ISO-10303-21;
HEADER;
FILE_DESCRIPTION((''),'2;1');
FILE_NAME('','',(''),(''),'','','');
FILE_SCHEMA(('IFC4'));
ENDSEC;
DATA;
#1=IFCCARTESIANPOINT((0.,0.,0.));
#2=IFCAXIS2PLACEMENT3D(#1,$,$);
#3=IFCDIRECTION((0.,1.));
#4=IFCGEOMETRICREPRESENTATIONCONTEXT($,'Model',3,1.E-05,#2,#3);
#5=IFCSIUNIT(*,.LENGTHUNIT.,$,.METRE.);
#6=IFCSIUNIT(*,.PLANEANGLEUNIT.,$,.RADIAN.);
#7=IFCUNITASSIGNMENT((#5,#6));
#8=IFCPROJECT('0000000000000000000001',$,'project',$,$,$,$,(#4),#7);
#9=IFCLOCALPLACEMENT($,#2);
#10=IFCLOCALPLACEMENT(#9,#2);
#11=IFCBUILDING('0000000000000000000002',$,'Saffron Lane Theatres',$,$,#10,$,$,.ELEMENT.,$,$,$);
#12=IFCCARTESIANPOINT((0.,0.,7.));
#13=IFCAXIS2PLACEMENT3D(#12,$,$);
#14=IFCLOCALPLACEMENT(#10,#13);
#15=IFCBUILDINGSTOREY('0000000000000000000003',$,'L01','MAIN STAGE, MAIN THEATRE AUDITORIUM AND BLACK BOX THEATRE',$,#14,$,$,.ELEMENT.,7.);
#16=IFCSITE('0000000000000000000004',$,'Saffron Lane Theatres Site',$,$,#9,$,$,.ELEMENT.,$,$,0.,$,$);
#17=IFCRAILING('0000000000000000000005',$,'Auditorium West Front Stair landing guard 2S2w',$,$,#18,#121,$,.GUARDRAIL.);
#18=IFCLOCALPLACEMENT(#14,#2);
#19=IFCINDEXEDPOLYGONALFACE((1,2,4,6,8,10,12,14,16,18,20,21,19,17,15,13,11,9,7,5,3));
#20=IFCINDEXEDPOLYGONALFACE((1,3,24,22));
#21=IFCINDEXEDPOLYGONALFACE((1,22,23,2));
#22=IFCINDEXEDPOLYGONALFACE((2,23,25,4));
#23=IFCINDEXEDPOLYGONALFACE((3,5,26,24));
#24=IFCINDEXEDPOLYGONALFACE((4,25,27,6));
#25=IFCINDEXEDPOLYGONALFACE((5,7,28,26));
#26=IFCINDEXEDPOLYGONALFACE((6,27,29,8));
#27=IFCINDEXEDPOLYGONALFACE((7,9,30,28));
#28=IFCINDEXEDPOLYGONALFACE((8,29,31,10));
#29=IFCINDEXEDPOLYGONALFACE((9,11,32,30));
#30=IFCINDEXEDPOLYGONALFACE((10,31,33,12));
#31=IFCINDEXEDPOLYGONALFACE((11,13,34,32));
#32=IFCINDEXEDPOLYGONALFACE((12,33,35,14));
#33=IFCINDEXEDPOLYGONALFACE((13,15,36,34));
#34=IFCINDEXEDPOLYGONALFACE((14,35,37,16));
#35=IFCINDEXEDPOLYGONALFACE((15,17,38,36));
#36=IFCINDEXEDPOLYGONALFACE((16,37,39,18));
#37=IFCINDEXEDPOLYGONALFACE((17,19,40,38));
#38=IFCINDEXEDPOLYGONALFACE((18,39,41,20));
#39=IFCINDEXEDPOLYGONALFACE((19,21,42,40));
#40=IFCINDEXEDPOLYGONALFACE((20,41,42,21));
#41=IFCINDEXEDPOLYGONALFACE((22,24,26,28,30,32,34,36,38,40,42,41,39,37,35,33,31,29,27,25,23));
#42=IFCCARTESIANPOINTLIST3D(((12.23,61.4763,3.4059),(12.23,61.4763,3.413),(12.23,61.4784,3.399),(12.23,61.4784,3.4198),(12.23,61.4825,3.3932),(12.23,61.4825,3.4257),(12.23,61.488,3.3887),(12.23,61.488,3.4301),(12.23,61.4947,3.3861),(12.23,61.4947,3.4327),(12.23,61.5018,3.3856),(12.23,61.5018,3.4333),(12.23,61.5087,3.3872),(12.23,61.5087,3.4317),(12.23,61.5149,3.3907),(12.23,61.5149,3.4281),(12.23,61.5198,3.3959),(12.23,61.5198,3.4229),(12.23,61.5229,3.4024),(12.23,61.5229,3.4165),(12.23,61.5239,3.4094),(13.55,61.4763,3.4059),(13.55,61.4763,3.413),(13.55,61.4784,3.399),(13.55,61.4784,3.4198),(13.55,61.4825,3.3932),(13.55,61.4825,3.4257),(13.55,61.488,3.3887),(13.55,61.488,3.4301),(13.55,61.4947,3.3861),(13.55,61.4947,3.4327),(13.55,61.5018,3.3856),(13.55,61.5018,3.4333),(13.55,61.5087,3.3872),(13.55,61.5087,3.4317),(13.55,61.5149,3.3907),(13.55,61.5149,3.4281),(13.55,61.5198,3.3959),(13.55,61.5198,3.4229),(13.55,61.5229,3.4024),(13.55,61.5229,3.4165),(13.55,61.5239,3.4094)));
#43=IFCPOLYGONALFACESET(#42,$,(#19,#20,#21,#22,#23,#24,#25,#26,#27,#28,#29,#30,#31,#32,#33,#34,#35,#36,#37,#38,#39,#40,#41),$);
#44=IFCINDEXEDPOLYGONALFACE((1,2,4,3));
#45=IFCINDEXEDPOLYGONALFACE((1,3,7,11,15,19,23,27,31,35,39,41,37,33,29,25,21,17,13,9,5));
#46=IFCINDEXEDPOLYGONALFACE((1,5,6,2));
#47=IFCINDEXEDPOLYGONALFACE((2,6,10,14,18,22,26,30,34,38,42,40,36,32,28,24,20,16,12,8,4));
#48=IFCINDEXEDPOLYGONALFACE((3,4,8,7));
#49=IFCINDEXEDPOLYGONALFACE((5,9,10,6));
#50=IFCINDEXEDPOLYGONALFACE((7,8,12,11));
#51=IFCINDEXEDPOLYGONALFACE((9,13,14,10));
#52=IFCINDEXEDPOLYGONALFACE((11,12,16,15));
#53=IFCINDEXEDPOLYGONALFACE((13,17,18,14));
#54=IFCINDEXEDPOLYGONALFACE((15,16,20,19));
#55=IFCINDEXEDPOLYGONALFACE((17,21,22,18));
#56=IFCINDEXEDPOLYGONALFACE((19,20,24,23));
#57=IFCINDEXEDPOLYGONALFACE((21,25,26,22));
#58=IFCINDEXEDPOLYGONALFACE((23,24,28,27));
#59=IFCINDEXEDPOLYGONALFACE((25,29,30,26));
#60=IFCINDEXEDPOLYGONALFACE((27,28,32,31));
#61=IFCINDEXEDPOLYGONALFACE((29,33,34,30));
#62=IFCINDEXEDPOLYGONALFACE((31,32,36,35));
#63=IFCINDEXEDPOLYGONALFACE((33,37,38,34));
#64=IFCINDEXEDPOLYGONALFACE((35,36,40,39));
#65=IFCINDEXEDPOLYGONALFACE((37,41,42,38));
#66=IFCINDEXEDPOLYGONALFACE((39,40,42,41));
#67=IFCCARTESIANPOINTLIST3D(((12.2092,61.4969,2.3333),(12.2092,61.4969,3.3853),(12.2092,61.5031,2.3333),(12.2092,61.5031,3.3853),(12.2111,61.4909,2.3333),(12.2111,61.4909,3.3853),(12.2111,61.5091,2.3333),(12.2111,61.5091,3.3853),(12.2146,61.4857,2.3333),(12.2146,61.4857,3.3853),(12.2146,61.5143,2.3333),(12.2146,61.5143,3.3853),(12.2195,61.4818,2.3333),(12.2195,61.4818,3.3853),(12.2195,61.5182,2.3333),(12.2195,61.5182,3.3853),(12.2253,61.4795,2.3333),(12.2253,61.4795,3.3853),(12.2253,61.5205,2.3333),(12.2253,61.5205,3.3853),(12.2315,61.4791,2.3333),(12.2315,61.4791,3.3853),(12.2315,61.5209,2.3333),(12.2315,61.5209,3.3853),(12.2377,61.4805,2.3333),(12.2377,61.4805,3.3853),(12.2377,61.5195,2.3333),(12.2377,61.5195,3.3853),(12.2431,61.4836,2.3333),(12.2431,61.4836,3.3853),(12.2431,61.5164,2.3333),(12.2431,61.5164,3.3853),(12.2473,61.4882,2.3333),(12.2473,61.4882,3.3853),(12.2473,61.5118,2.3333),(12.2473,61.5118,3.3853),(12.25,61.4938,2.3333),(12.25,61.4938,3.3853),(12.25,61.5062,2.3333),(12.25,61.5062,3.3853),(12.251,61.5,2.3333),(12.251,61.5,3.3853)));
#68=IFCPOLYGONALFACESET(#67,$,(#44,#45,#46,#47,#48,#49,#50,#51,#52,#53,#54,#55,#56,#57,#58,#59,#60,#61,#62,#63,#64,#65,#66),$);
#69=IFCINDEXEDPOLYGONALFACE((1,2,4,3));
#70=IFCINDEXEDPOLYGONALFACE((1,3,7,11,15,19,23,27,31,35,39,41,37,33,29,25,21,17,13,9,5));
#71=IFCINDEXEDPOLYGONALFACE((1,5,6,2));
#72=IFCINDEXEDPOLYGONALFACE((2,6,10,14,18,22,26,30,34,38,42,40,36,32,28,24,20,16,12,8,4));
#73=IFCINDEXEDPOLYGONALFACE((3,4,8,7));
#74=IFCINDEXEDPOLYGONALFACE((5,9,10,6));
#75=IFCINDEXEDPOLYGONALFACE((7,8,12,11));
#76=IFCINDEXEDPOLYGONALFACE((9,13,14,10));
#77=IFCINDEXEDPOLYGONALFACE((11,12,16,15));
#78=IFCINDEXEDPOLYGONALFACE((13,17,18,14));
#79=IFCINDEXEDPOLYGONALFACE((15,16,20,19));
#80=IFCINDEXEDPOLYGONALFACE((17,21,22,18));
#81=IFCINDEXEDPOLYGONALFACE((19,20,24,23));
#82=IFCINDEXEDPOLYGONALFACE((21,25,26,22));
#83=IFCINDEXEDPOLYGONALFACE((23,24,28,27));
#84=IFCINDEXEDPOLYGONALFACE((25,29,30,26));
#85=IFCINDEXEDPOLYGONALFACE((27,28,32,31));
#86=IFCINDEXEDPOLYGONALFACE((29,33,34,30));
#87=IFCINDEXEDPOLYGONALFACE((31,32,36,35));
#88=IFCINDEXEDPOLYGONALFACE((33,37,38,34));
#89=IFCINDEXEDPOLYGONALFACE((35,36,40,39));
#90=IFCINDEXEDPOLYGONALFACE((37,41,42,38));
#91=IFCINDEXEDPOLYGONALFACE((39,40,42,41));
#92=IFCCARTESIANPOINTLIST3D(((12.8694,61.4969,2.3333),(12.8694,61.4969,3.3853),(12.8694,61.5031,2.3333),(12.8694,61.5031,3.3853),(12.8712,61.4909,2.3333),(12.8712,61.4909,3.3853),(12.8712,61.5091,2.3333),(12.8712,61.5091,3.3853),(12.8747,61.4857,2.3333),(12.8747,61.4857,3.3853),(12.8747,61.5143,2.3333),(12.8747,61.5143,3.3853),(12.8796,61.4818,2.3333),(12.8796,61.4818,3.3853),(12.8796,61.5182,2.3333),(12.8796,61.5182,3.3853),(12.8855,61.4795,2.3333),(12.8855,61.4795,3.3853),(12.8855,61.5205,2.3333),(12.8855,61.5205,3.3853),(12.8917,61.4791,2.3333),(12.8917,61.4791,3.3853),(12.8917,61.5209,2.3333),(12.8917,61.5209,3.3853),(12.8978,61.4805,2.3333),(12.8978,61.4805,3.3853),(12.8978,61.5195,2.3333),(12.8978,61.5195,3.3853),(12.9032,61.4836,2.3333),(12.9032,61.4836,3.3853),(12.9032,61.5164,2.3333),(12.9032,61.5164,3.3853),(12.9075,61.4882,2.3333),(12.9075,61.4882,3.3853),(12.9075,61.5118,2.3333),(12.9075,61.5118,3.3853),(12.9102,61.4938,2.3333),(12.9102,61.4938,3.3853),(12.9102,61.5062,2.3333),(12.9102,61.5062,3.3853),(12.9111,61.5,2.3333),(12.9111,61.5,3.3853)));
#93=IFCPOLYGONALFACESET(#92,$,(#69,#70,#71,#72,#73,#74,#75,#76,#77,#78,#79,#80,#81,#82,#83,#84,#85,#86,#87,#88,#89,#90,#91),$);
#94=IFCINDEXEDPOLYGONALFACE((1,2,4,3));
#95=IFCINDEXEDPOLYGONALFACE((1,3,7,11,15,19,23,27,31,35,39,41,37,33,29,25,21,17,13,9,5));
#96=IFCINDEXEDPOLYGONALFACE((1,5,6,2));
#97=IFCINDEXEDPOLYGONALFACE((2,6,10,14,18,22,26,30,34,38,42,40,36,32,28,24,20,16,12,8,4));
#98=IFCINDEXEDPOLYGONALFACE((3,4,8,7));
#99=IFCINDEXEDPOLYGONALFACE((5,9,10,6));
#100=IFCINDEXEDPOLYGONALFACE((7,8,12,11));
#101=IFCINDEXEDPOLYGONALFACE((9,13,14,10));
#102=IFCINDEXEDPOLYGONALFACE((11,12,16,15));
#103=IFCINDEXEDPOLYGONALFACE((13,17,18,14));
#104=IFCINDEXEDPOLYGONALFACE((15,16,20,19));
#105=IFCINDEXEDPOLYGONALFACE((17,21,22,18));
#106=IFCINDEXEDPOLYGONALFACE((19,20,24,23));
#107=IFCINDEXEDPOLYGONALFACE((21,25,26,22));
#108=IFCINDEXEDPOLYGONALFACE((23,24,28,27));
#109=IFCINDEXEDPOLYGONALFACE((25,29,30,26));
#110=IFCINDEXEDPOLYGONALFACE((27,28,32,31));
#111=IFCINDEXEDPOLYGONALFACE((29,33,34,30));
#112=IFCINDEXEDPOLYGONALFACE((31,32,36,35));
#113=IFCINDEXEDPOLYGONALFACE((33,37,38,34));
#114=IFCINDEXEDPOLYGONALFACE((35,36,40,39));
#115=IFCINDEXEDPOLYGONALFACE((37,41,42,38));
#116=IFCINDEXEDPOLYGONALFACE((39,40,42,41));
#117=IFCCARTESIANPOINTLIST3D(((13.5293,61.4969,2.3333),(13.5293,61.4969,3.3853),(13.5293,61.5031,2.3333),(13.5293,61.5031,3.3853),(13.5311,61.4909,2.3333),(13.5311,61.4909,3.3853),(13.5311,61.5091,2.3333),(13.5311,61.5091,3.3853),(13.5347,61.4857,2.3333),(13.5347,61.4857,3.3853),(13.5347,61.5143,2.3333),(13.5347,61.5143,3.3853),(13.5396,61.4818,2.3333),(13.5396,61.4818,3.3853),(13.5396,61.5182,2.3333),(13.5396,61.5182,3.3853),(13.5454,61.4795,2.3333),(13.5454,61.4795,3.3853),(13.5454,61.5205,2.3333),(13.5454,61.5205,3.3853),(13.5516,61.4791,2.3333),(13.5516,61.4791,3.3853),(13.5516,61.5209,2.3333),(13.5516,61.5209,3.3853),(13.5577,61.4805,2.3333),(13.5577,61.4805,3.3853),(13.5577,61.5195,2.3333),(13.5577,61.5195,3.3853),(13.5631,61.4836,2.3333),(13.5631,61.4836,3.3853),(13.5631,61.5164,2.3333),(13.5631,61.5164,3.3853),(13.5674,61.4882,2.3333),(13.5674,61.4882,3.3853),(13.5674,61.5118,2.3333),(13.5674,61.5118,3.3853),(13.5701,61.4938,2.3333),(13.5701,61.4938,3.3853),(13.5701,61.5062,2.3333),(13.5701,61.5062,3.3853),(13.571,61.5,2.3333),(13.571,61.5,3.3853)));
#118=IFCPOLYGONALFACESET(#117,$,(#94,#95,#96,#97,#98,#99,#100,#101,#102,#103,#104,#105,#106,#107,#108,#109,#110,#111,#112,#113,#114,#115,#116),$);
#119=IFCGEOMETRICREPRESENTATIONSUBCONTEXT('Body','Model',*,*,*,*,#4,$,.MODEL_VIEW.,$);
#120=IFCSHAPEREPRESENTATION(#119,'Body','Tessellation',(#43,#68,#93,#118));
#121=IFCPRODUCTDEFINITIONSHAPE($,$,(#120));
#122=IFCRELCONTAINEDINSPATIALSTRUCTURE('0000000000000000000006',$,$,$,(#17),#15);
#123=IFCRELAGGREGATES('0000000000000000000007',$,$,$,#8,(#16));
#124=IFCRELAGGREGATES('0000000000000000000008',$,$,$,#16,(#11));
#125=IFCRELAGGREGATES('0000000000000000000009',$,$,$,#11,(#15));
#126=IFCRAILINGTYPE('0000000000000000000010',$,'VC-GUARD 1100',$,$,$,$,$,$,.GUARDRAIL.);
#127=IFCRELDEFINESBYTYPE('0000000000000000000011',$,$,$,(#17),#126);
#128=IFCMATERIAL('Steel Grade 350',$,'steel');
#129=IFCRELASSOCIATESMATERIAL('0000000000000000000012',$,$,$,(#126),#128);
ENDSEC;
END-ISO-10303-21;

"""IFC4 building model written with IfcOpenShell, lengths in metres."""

from ifc_helpers import new_model, si_unit, direction, frame, origin, origin_2d, place, context, subcontext, project, spatial, circle, extrude, material, type_object, element, save


model = new_model("IFC4")

# Units and contexts
model_context = context("Model", 3, precision=1e-05, world=origin(), true_north=direction((0.0, 1.0)))
body_context = subcontext(model_context, "Body", "Model", "MODEL_VIEW")
ifc_project = project(units=[si_unit("LENGTHUNIT", "METRE"), si_unit("PLANEANGLEUNIT", "RADIAN")], contexts=[model_context])

# Site, building, storey
site_placement = place(None, origin())
site = spatial("IfcSite", under=ifc_project, at=site_placement, Name="Saffron Lane Theatres Site", CompositionType="ELEMENT", RefElevation=0.0)
building_placement = place(site_placement, origin())
building = spatial("IfcBuilding", under=site, at=building_placement, Name="Saffron Lane Theatres", CompositionType="ELEMENT")
storey_placement = place(building_placement, frame((0.0, 0.0, 7.0)))
storey = spatial("IfcBuildingStorey", under=building, at=storey_placement, Name="L01", Description="MAIN STAGE, MAIN THEATRE AUDITORIUM AND BLACK BOX THEATRE", CompositionType="ELEMENT", Elevation=7.0)

# Railing
ifc_material_1 = material(Name="Steel Grade 350", Category="steel")
railing_type_1 = type_object("IfcRailingType", Name="VC-GUARD 1100", PredefinedType="GUARDRAIL", material=ifc_material_1)
railing_1_placement = place(storey_placement, frame((12.23, 61.5, 2.3333)))
element("IfcRailing", 1, at=railing_1_placement, inside=storey, type_object=railing_type_1, Name="Auditorium West Front Stair landing guard 2S2w", PredefinedType="GUARDRAIL", context=body_context, shape_type="SweptSolid", body=[
    extrude(circle(Radius=0.0239, at=origin_2d()), frame((0.0, 0.0, 1.0762), z_axis=(1.0, 0.0, 0.0), x_axis=(0.0, 1.0, 0.0)), (0.0, 0.0, 1.0), 1.3201),
    extrude(circle(Radius=0.021, at=origin_2d()), origin(), (0.0, 0.0, 1.0), 1.052),
    extrude(circle(Radius=0.021, at=origin_2d()), frame((0.6602, 0.0, 0.0)), (0.0, 0.0, 1.0), 1.052),
    extrude(circle(Radius=0.021, at=origin_2d()), frame((1.3201, 0.0, 0.0)), (0.0, 0.0, 1.0), 1.052),
])

save(model, "model.ifc")
